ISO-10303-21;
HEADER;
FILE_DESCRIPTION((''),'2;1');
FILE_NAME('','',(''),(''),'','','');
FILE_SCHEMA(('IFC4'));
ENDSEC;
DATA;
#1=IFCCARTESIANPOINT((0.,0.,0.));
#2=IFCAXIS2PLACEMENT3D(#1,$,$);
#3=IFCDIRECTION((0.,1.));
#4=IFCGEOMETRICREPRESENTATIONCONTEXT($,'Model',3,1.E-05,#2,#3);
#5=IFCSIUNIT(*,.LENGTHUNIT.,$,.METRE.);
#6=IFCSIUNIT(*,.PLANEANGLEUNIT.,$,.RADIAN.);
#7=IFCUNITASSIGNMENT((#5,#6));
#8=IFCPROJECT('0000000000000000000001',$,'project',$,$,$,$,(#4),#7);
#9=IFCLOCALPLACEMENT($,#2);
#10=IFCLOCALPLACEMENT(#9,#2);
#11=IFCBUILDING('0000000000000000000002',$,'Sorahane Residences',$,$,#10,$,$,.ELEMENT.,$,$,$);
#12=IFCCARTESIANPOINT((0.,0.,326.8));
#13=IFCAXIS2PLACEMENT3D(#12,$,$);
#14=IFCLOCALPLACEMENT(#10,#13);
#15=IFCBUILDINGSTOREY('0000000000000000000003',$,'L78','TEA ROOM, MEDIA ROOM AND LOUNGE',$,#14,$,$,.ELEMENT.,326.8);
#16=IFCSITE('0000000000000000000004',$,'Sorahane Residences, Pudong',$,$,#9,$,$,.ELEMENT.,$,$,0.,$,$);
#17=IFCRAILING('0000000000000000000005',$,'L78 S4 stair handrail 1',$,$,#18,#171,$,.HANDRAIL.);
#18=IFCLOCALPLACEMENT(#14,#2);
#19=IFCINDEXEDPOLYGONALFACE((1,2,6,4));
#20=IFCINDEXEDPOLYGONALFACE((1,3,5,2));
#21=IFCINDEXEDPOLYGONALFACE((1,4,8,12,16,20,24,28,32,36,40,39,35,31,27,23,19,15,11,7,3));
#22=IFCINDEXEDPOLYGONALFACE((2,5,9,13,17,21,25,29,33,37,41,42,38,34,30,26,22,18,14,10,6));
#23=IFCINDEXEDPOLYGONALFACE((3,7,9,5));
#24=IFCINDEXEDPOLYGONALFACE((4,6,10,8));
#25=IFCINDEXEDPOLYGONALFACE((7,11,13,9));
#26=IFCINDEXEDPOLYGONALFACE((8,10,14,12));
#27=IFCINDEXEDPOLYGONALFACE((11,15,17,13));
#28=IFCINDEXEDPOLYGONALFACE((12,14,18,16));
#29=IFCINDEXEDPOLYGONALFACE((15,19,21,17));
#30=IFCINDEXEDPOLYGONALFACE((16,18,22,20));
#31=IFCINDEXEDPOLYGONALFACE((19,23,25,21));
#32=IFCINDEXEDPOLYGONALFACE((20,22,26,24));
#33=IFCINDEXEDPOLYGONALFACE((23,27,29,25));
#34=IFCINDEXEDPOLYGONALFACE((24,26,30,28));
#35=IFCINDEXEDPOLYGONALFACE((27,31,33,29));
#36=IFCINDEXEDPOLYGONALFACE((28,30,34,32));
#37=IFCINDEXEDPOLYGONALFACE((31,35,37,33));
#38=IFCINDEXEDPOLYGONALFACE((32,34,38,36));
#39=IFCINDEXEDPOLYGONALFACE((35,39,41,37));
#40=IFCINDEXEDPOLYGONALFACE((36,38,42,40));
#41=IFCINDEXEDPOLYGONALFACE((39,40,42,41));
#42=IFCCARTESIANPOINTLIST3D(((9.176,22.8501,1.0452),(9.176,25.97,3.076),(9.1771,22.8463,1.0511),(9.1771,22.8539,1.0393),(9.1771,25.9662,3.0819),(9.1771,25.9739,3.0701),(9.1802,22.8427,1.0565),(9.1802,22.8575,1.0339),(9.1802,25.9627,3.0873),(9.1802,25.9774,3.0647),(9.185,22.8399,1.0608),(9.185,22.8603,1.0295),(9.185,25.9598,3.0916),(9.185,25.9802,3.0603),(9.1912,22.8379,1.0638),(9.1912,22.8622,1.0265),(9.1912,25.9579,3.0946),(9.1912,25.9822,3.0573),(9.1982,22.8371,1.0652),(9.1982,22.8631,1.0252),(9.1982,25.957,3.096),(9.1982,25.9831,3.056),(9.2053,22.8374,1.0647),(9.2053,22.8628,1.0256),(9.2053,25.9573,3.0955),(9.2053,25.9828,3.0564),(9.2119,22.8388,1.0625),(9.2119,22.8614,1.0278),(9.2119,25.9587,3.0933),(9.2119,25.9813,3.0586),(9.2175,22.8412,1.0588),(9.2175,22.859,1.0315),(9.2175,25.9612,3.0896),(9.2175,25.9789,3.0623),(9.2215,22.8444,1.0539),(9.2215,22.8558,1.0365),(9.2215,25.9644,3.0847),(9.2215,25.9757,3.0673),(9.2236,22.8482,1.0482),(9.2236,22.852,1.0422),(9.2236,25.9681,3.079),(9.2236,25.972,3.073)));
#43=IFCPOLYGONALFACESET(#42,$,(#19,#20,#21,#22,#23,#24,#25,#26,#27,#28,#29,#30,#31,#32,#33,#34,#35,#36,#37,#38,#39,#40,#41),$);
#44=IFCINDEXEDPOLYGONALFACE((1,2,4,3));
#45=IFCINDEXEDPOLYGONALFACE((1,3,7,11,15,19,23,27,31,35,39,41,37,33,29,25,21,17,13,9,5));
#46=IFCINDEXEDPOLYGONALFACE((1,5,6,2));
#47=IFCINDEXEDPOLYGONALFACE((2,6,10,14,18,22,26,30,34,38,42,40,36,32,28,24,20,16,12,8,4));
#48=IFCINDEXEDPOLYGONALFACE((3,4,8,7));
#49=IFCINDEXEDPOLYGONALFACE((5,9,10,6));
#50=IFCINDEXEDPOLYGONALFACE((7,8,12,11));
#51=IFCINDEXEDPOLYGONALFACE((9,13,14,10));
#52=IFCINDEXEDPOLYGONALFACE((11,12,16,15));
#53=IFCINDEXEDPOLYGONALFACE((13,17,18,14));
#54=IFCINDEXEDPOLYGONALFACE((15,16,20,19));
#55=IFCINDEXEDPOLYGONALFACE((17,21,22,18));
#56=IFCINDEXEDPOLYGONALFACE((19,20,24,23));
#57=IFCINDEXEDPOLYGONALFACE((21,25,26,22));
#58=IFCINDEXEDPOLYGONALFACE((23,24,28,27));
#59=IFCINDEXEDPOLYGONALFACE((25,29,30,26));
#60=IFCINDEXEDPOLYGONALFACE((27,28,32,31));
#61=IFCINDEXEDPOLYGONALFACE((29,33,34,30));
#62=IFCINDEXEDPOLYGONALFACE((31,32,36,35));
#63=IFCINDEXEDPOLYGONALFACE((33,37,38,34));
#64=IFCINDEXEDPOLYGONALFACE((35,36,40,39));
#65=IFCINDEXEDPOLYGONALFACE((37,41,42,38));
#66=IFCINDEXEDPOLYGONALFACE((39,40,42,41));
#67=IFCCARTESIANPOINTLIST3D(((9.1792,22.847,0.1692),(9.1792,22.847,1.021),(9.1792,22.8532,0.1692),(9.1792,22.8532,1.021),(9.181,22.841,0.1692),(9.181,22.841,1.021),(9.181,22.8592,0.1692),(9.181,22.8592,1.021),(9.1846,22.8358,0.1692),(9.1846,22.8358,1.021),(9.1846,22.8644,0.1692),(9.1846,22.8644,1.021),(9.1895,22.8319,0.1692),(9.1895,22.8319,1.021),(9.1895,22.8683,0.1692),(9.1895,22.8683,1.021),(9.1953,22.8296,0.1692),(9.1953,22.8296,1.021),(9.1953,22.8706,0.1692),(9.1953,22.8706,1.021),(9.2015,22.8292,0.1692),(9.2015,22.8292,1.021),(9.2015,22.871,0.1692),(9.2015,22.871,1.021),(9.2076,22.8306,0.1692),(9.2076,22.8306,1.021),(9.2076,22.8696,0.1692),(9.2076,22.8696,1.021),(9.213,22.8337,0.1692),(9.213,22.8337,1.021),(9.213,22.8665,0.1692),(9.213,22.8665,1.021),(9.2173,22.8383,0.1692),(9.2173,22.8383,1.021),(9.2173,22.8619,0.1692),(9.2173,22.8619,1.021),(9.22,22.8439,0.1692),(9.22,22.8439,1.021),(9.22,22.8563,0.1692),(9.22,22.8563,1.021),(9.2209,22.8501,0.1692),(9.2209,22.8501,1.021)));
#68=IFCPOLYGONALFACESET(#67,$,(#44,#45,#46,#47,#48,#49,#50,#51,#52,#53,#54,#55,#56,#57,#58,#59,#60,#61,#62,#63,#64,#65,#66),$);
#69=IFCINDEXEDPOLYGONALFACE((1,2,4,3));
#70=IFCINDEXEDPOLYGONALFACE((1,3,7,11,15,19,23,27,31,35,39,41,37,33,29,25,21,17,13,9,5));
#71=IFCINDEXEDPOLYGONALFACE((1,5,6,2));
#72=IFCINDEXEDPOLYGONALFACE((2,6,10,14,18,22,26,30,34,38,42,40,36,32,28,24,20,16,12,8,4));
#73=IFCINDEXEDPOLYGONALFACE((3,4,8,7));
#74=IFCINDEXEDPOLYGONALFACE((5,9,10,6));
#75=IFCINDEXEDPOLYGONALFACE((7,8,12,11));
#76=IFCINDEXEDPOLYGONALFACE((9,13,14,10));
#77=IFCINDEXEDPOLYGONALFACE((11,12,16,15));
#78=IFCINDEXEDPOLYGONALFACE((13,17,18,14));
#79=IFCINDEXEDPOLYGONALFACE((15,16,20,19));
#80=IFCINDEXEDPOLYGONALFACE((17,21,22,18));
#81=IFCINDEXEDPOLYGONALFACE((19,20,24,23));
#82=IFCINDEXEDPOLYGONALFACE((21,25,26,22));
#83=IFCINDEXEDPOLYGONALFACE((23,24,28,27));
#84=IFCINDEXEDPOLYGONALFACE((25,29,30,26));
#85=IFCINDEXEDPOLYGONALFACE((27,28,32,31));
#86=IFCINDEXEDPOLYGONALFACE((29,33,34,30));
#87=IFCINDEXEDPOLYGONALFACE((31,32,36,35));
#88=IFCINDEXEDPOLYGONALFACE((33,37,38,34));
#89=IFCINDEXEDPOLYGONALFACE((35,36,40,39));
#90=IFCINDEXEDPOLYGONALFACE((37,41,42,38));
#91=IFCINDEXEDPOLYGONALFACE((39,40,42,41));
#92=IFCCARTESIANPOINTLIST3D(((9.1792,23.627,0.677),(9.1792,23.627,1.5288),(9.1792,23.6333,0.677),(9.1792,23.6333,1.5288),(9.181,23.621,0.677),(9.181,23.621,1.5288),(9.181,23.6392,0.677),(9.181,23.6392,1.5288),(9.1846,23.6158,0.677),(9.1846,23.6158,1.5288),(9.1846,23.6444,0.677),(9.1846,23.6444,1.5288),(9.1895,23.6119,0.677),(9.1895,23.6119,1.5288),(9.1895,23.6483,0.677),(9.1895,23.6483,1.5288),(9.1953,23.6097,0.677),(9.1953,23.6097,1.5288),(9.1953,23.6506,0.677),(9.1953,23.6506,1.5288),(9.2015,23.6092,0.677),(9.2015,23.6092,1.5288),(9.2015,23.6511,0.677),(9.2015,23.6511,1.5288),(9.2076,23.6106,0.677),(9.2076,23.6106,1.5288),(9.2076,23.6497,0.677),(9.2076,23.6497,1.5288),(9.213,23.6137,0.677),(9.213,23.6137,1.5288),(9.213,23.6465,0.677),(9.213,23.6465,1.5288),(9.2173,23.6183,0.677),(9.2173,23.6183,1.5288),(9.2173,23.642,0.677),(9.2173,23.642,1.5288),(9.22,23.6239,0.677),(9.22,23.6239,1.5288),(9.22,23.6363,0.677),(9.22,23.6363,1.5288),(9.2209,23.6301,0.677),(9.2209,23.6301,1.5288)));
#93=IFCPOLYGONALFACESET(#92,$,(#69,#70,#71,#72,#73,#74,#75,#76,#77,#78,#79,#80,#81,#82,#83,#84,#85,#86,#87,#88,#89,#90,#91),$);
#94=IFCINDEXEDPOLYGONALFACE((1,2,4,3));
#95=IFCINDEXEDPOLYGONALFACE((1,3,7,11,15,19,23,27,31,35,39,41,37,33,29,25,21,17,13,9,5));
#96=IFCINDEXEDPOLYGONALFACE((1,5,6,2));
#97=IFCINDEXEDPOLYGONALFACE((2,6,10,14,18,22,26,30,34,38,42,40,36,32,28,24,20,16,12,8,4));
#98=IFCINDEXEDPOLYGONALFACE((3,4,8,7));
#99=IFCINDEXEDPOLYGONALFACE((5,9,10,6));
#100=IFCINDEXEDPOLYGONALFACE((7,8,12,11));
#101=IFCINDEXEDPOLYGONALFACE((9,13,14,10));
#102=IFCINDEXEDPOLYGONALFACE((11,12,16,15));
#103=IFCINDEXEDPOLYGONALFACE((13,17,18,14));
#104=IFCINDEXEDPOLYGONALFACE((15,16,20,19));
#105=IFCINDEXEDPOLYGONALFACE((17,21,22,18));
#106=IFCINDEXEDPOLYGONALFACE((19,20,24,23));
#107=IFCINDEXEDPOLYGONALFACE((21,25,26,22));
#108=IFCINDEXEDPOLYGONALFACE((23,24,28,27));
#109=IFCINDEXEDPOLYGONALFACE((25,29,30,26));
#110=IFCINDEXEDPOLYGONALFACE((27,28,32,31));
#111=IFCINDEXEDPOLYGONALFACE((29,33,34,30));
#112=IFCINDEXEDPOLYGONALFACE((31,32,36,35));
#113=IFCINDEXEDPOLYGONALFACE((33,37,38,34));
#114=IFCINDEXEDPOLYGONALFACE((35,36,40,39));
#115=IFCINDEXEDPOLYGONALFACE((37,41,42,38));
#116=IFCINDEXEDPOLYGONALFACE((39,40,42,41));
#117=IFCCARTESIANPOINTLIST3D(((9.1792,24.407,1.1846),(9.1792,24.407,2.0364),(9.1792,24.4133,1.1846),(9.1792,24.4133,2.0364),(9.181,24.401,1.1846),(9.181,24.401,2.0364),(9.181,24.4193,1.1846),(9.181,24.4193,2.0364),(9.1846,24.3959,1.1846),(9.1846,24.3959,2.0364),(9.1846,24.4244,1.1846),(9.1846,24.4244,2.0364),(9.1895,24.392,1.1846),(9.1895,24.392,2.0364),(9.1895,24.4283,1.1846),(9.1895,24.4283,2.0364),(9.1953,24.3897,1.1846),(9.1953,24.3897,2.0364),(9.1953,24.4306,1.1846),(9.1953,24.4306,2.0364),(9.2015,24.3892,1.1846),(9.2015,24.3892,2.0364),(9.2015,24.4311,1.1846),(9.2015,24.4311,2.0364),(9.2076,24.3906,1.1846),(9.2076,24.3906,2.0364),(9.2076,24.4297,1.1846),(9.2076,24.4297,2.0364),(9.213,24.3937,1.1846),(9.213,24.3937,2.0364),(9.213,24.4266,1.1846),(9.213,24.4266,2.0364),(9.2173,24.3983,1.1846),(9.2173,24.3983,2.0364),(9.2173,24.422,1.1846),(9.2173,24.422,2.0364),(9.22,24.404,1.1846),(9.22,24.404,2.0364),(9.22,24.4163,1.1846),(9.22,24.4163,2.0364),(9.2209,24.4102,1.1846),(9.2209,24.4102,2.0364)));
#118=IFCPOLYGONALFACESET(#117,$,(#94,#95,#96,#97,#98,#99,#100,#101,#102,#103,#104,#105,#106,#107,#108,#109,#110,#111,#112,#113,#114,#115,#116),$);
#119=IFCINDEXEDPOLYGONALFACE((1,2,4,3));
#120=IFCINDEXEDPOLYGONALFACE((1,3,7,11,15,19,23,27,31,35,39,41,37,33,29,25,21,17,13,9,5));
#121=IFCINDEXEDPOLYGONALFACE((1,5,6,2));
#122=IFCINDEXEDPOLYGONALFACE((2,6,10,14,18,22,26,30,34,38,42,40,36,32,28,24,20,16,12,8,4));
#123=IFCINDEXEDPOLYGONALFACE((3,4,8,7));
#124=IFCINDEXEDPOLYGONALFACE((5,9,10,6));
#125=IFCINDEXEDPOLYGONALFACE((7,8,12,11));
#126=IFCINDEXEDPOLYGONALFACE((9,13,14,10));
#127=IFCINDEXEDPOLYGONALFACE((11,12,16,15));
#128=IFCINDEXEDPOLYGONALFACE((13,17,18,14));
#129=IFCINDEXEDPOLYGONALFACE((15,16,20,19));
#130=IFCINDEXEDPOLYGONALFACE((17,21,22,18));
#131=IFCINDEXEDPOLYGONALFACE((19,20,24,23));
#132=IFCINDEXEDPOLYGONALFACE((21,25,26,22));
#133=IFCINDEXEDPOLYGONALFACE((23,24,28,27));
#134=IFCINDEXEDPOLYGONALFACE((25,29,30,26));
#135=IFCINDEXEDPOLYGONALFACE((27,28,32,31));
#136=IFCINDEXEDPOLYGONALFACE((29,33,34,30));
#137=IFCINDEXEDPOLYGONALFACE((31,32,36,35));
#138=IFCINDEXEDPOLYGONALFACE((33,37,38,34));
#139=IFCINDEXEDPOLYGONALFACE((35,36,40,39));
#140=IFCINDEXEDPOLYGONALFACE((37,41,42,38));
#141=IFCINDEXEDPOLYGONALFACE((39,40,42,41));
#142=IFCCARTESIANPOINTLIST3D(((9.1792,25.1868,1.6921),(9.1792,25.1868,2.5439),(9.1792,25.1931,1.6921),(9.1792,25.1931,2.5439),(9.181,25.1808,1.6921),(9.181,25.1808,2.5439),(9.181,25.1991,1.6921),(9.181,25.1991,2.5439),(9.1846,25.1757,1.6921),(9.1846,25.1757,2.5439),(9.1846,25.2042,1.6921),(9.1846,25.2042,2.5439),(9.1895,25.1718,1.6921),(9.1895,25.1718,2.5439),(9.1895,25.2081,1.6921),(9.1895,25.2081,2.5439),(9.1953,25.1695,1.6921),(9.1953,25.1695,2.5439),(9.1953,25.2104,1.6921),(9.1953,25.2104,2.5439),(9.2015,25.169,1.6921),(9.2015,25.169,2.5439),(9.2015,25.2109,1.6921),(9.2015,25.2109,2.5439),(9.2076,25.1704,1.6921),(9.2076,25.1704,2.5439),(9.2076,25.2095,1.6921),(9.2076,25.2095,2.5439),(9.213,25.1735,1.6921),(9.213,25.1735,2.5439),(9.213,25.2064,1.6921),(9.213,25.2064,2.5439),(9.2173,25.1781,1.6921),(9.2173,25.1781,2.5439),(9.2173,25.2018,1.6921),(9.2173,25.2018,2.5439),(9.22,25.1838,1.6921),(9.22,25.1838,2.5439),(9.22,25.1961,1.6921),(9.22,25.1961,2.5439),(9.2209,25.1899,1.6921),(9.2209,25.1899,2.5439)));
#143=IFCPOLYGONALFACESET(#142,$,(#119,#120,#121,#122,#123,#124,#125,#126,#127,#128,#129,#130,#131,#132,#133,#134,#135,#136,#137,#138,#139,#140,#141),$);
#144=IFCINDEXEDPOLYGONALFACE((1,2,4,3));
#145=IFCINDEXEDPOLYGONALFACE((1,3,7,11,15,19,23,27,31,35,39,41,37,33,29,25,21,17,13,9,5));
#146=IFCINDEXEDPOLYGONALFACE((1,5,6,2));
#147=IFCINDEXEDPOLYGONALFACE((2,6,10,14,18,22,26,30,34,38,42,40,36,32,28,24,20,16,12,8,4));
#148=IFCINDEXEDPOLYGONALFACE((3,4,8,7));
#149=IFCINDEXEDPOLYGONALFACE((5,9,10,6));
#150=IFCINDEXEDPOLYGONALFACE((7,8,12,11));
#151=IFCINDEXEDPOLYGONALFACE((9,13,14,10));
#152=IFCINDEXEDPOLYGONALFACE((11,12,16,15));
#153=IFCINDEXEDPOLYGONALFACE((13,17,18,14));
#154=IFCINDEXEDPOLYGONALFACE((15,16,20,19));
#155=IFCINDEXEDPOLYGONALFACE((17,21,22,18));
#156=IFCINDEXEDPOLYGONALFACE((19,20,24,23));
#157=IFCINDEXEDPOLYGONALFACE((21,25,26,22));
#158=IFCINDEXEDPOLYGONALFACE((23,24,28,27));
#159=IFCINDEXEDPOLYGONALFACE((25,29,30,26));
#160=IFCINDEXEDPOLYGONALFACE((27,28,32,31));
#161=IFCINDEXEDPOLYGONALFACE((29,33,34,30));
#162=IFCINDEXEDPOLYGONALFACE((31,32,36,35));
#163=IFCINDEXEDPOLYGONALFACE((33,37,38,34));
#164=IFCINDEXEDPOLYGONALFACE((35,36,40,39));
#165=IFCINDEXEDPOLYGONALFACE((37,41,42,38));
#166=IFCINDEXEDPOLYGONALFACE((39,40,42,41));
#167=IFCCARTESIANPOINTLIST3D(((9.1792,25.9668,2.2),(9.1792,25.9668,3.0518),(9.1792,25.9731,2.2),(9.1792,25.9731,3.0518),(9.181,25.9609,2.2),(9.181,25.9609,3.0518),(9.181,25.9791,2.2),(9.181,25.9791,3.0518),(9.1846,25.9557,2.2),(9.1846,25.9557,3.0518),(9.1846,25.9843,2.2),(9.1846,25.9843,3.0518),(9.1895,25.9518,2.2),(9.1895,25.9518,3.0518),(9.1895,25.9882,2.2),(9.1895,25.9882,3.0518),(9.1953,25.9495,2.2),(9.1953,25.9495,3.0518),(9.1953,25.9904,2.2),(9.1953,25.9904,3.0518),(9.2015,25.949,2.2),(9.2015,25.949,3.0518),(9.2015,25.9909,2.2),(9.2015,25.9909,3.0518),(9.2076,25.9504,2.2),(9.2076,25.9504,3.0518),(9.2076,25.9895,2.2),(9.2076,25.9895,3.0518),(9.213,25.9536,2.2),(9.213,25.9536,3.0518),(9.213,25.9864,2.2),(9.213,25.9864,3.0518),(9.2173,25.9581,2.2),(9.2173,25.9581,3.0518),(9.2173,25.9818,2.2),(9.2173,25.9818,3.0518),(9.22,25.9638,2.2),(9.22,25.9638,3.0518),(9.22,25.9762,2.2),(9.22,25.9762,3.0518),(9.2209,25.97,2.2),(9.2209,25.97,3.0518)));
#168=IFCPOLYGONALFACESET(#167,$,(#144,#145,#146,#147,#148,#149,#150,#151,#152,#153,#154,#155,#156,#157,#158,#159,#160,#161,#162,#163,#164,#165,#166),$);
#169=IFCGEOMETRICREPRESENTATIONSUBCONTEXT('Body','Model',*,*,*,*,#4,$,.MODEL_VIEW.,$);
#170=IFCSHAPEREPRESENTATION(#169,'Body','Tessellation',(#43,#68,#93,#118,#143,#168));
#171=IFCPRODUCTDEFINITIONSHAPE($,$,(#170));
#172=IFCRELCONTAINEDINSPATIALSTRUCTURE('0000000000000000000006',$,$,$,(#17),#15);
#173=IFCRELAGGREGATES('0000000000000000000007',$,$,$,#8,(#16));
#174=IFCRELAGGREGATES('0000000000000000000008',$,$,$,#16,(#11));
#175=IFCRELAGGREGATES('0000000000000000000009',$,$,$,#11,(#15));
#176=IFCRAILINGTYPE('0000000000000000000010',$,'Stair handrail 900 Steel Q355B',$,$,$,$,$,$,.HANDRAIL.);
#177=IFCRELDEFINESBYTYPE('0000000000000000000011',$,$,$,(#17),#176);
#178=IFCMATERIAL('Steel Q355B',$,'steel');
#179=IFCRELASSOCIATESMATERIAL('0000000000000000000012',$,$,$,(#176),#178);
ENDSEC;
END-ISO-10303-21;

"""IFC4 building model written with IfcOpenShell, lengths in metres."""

from ifc_helpers import new_model, si_unit, direction, frame, origin, origin_2d, place, context, subcontext, project, spatial, circle, extrude, material, type_object, element, save


model = new_model("IFC4")

# Units and contexts
model_context = context("Model", 3, precision=1e-05, world=origin(), true_north=direction((0.0, 1.0)))
body_context = subcontext(model_context, "Body", "Model", "MODEL_VIEW")
ifc_project = project(units=[si_unit("LENGTHUNIT", "METRE"), si_unit("PLANEANGLEUNIT", "RADIAN")], contexts=[model_context])

# Site, building, storey
site_placement = place(None, origin())
site = spatial("IfcSite", under=ifc_project, at=site_placement, Name="Sorahane Residences, Pudong", CompositionType="ELEMENT", RefElevation=0.0)
building_placement = place(site_placement, origin())
building = spatial("IfcBuilding", under=site, at=building_placement, Name="Sorahane Residences", CompositionType="ELEMENT")
storey_placement = place(building_placement, frame((0.0, 0.0, 326.8)))
storey = spatial("IfcBuildingStorey", under=building, at=storey_placement, Name="L78", Description="TEA ROOM, MEDIA ROOM AND LOUNGE", CompositionType="ELEMENT", Elevation=326.8)

# Railing
ifc_material_1 = material(Name="Steel Q355B", Category="steel")
railing_type_1 = type_object("IfcRailingType", Name="Stair handrail 900 Steel Q355B", PredefinedType="HANDRAIL", material=ifc_material_1)
railing_1_placement = place(storey_placement, frame((9.2, 22.8501, 0.1692)))
element("IfcRailing", 1, at=railing_1_placement, inside=storey, type_object=railing_type_1, Name="L78 S4 stair handrail 1", PredefinedType="HANDRAIL", context=body_context, shape_type="SweptSolid", body=[
    extrude(circle(Radius=0.0239, at=origin_2d()), frame((0.0, 0.0, 0.876), z_axis=(0.0, 0.838094, 0.545525), x_axis=(-1.0, 0.0, 0.0)), (0.0, 0.0, 1.0), 3.7227),
    extrude(circle(Radius=0.021, at=origin_2d()), origin(), (0.0, 0.0, 1.0), 0.8518),
    extrude(circle(Radius=0.021, at=origin_2d()), frame((0.0, 0.78, 0.5078)), (0.0, 0.0, 1.0), 0.8518),
    extrude(circle(Radius=0.021, at=origin_2d()), frame((0.0, 1.5601, 1.0154)), (0.0, 0.0, 1.0), 0.8518),
    extrude(circle(Radius=0.021, at=origin_2d()), frame((0.0, 2.3398, 1.5229)), (0.0, 0.0, 1.0), 0.8518),
    extrude(circle(Radius=0.021, at=origin_2d()), frame((0.0, 3.1199, 2.0308)), (0.0, 0.0, 1.0), 0.8518),
])

save(model, "model.ifc")
